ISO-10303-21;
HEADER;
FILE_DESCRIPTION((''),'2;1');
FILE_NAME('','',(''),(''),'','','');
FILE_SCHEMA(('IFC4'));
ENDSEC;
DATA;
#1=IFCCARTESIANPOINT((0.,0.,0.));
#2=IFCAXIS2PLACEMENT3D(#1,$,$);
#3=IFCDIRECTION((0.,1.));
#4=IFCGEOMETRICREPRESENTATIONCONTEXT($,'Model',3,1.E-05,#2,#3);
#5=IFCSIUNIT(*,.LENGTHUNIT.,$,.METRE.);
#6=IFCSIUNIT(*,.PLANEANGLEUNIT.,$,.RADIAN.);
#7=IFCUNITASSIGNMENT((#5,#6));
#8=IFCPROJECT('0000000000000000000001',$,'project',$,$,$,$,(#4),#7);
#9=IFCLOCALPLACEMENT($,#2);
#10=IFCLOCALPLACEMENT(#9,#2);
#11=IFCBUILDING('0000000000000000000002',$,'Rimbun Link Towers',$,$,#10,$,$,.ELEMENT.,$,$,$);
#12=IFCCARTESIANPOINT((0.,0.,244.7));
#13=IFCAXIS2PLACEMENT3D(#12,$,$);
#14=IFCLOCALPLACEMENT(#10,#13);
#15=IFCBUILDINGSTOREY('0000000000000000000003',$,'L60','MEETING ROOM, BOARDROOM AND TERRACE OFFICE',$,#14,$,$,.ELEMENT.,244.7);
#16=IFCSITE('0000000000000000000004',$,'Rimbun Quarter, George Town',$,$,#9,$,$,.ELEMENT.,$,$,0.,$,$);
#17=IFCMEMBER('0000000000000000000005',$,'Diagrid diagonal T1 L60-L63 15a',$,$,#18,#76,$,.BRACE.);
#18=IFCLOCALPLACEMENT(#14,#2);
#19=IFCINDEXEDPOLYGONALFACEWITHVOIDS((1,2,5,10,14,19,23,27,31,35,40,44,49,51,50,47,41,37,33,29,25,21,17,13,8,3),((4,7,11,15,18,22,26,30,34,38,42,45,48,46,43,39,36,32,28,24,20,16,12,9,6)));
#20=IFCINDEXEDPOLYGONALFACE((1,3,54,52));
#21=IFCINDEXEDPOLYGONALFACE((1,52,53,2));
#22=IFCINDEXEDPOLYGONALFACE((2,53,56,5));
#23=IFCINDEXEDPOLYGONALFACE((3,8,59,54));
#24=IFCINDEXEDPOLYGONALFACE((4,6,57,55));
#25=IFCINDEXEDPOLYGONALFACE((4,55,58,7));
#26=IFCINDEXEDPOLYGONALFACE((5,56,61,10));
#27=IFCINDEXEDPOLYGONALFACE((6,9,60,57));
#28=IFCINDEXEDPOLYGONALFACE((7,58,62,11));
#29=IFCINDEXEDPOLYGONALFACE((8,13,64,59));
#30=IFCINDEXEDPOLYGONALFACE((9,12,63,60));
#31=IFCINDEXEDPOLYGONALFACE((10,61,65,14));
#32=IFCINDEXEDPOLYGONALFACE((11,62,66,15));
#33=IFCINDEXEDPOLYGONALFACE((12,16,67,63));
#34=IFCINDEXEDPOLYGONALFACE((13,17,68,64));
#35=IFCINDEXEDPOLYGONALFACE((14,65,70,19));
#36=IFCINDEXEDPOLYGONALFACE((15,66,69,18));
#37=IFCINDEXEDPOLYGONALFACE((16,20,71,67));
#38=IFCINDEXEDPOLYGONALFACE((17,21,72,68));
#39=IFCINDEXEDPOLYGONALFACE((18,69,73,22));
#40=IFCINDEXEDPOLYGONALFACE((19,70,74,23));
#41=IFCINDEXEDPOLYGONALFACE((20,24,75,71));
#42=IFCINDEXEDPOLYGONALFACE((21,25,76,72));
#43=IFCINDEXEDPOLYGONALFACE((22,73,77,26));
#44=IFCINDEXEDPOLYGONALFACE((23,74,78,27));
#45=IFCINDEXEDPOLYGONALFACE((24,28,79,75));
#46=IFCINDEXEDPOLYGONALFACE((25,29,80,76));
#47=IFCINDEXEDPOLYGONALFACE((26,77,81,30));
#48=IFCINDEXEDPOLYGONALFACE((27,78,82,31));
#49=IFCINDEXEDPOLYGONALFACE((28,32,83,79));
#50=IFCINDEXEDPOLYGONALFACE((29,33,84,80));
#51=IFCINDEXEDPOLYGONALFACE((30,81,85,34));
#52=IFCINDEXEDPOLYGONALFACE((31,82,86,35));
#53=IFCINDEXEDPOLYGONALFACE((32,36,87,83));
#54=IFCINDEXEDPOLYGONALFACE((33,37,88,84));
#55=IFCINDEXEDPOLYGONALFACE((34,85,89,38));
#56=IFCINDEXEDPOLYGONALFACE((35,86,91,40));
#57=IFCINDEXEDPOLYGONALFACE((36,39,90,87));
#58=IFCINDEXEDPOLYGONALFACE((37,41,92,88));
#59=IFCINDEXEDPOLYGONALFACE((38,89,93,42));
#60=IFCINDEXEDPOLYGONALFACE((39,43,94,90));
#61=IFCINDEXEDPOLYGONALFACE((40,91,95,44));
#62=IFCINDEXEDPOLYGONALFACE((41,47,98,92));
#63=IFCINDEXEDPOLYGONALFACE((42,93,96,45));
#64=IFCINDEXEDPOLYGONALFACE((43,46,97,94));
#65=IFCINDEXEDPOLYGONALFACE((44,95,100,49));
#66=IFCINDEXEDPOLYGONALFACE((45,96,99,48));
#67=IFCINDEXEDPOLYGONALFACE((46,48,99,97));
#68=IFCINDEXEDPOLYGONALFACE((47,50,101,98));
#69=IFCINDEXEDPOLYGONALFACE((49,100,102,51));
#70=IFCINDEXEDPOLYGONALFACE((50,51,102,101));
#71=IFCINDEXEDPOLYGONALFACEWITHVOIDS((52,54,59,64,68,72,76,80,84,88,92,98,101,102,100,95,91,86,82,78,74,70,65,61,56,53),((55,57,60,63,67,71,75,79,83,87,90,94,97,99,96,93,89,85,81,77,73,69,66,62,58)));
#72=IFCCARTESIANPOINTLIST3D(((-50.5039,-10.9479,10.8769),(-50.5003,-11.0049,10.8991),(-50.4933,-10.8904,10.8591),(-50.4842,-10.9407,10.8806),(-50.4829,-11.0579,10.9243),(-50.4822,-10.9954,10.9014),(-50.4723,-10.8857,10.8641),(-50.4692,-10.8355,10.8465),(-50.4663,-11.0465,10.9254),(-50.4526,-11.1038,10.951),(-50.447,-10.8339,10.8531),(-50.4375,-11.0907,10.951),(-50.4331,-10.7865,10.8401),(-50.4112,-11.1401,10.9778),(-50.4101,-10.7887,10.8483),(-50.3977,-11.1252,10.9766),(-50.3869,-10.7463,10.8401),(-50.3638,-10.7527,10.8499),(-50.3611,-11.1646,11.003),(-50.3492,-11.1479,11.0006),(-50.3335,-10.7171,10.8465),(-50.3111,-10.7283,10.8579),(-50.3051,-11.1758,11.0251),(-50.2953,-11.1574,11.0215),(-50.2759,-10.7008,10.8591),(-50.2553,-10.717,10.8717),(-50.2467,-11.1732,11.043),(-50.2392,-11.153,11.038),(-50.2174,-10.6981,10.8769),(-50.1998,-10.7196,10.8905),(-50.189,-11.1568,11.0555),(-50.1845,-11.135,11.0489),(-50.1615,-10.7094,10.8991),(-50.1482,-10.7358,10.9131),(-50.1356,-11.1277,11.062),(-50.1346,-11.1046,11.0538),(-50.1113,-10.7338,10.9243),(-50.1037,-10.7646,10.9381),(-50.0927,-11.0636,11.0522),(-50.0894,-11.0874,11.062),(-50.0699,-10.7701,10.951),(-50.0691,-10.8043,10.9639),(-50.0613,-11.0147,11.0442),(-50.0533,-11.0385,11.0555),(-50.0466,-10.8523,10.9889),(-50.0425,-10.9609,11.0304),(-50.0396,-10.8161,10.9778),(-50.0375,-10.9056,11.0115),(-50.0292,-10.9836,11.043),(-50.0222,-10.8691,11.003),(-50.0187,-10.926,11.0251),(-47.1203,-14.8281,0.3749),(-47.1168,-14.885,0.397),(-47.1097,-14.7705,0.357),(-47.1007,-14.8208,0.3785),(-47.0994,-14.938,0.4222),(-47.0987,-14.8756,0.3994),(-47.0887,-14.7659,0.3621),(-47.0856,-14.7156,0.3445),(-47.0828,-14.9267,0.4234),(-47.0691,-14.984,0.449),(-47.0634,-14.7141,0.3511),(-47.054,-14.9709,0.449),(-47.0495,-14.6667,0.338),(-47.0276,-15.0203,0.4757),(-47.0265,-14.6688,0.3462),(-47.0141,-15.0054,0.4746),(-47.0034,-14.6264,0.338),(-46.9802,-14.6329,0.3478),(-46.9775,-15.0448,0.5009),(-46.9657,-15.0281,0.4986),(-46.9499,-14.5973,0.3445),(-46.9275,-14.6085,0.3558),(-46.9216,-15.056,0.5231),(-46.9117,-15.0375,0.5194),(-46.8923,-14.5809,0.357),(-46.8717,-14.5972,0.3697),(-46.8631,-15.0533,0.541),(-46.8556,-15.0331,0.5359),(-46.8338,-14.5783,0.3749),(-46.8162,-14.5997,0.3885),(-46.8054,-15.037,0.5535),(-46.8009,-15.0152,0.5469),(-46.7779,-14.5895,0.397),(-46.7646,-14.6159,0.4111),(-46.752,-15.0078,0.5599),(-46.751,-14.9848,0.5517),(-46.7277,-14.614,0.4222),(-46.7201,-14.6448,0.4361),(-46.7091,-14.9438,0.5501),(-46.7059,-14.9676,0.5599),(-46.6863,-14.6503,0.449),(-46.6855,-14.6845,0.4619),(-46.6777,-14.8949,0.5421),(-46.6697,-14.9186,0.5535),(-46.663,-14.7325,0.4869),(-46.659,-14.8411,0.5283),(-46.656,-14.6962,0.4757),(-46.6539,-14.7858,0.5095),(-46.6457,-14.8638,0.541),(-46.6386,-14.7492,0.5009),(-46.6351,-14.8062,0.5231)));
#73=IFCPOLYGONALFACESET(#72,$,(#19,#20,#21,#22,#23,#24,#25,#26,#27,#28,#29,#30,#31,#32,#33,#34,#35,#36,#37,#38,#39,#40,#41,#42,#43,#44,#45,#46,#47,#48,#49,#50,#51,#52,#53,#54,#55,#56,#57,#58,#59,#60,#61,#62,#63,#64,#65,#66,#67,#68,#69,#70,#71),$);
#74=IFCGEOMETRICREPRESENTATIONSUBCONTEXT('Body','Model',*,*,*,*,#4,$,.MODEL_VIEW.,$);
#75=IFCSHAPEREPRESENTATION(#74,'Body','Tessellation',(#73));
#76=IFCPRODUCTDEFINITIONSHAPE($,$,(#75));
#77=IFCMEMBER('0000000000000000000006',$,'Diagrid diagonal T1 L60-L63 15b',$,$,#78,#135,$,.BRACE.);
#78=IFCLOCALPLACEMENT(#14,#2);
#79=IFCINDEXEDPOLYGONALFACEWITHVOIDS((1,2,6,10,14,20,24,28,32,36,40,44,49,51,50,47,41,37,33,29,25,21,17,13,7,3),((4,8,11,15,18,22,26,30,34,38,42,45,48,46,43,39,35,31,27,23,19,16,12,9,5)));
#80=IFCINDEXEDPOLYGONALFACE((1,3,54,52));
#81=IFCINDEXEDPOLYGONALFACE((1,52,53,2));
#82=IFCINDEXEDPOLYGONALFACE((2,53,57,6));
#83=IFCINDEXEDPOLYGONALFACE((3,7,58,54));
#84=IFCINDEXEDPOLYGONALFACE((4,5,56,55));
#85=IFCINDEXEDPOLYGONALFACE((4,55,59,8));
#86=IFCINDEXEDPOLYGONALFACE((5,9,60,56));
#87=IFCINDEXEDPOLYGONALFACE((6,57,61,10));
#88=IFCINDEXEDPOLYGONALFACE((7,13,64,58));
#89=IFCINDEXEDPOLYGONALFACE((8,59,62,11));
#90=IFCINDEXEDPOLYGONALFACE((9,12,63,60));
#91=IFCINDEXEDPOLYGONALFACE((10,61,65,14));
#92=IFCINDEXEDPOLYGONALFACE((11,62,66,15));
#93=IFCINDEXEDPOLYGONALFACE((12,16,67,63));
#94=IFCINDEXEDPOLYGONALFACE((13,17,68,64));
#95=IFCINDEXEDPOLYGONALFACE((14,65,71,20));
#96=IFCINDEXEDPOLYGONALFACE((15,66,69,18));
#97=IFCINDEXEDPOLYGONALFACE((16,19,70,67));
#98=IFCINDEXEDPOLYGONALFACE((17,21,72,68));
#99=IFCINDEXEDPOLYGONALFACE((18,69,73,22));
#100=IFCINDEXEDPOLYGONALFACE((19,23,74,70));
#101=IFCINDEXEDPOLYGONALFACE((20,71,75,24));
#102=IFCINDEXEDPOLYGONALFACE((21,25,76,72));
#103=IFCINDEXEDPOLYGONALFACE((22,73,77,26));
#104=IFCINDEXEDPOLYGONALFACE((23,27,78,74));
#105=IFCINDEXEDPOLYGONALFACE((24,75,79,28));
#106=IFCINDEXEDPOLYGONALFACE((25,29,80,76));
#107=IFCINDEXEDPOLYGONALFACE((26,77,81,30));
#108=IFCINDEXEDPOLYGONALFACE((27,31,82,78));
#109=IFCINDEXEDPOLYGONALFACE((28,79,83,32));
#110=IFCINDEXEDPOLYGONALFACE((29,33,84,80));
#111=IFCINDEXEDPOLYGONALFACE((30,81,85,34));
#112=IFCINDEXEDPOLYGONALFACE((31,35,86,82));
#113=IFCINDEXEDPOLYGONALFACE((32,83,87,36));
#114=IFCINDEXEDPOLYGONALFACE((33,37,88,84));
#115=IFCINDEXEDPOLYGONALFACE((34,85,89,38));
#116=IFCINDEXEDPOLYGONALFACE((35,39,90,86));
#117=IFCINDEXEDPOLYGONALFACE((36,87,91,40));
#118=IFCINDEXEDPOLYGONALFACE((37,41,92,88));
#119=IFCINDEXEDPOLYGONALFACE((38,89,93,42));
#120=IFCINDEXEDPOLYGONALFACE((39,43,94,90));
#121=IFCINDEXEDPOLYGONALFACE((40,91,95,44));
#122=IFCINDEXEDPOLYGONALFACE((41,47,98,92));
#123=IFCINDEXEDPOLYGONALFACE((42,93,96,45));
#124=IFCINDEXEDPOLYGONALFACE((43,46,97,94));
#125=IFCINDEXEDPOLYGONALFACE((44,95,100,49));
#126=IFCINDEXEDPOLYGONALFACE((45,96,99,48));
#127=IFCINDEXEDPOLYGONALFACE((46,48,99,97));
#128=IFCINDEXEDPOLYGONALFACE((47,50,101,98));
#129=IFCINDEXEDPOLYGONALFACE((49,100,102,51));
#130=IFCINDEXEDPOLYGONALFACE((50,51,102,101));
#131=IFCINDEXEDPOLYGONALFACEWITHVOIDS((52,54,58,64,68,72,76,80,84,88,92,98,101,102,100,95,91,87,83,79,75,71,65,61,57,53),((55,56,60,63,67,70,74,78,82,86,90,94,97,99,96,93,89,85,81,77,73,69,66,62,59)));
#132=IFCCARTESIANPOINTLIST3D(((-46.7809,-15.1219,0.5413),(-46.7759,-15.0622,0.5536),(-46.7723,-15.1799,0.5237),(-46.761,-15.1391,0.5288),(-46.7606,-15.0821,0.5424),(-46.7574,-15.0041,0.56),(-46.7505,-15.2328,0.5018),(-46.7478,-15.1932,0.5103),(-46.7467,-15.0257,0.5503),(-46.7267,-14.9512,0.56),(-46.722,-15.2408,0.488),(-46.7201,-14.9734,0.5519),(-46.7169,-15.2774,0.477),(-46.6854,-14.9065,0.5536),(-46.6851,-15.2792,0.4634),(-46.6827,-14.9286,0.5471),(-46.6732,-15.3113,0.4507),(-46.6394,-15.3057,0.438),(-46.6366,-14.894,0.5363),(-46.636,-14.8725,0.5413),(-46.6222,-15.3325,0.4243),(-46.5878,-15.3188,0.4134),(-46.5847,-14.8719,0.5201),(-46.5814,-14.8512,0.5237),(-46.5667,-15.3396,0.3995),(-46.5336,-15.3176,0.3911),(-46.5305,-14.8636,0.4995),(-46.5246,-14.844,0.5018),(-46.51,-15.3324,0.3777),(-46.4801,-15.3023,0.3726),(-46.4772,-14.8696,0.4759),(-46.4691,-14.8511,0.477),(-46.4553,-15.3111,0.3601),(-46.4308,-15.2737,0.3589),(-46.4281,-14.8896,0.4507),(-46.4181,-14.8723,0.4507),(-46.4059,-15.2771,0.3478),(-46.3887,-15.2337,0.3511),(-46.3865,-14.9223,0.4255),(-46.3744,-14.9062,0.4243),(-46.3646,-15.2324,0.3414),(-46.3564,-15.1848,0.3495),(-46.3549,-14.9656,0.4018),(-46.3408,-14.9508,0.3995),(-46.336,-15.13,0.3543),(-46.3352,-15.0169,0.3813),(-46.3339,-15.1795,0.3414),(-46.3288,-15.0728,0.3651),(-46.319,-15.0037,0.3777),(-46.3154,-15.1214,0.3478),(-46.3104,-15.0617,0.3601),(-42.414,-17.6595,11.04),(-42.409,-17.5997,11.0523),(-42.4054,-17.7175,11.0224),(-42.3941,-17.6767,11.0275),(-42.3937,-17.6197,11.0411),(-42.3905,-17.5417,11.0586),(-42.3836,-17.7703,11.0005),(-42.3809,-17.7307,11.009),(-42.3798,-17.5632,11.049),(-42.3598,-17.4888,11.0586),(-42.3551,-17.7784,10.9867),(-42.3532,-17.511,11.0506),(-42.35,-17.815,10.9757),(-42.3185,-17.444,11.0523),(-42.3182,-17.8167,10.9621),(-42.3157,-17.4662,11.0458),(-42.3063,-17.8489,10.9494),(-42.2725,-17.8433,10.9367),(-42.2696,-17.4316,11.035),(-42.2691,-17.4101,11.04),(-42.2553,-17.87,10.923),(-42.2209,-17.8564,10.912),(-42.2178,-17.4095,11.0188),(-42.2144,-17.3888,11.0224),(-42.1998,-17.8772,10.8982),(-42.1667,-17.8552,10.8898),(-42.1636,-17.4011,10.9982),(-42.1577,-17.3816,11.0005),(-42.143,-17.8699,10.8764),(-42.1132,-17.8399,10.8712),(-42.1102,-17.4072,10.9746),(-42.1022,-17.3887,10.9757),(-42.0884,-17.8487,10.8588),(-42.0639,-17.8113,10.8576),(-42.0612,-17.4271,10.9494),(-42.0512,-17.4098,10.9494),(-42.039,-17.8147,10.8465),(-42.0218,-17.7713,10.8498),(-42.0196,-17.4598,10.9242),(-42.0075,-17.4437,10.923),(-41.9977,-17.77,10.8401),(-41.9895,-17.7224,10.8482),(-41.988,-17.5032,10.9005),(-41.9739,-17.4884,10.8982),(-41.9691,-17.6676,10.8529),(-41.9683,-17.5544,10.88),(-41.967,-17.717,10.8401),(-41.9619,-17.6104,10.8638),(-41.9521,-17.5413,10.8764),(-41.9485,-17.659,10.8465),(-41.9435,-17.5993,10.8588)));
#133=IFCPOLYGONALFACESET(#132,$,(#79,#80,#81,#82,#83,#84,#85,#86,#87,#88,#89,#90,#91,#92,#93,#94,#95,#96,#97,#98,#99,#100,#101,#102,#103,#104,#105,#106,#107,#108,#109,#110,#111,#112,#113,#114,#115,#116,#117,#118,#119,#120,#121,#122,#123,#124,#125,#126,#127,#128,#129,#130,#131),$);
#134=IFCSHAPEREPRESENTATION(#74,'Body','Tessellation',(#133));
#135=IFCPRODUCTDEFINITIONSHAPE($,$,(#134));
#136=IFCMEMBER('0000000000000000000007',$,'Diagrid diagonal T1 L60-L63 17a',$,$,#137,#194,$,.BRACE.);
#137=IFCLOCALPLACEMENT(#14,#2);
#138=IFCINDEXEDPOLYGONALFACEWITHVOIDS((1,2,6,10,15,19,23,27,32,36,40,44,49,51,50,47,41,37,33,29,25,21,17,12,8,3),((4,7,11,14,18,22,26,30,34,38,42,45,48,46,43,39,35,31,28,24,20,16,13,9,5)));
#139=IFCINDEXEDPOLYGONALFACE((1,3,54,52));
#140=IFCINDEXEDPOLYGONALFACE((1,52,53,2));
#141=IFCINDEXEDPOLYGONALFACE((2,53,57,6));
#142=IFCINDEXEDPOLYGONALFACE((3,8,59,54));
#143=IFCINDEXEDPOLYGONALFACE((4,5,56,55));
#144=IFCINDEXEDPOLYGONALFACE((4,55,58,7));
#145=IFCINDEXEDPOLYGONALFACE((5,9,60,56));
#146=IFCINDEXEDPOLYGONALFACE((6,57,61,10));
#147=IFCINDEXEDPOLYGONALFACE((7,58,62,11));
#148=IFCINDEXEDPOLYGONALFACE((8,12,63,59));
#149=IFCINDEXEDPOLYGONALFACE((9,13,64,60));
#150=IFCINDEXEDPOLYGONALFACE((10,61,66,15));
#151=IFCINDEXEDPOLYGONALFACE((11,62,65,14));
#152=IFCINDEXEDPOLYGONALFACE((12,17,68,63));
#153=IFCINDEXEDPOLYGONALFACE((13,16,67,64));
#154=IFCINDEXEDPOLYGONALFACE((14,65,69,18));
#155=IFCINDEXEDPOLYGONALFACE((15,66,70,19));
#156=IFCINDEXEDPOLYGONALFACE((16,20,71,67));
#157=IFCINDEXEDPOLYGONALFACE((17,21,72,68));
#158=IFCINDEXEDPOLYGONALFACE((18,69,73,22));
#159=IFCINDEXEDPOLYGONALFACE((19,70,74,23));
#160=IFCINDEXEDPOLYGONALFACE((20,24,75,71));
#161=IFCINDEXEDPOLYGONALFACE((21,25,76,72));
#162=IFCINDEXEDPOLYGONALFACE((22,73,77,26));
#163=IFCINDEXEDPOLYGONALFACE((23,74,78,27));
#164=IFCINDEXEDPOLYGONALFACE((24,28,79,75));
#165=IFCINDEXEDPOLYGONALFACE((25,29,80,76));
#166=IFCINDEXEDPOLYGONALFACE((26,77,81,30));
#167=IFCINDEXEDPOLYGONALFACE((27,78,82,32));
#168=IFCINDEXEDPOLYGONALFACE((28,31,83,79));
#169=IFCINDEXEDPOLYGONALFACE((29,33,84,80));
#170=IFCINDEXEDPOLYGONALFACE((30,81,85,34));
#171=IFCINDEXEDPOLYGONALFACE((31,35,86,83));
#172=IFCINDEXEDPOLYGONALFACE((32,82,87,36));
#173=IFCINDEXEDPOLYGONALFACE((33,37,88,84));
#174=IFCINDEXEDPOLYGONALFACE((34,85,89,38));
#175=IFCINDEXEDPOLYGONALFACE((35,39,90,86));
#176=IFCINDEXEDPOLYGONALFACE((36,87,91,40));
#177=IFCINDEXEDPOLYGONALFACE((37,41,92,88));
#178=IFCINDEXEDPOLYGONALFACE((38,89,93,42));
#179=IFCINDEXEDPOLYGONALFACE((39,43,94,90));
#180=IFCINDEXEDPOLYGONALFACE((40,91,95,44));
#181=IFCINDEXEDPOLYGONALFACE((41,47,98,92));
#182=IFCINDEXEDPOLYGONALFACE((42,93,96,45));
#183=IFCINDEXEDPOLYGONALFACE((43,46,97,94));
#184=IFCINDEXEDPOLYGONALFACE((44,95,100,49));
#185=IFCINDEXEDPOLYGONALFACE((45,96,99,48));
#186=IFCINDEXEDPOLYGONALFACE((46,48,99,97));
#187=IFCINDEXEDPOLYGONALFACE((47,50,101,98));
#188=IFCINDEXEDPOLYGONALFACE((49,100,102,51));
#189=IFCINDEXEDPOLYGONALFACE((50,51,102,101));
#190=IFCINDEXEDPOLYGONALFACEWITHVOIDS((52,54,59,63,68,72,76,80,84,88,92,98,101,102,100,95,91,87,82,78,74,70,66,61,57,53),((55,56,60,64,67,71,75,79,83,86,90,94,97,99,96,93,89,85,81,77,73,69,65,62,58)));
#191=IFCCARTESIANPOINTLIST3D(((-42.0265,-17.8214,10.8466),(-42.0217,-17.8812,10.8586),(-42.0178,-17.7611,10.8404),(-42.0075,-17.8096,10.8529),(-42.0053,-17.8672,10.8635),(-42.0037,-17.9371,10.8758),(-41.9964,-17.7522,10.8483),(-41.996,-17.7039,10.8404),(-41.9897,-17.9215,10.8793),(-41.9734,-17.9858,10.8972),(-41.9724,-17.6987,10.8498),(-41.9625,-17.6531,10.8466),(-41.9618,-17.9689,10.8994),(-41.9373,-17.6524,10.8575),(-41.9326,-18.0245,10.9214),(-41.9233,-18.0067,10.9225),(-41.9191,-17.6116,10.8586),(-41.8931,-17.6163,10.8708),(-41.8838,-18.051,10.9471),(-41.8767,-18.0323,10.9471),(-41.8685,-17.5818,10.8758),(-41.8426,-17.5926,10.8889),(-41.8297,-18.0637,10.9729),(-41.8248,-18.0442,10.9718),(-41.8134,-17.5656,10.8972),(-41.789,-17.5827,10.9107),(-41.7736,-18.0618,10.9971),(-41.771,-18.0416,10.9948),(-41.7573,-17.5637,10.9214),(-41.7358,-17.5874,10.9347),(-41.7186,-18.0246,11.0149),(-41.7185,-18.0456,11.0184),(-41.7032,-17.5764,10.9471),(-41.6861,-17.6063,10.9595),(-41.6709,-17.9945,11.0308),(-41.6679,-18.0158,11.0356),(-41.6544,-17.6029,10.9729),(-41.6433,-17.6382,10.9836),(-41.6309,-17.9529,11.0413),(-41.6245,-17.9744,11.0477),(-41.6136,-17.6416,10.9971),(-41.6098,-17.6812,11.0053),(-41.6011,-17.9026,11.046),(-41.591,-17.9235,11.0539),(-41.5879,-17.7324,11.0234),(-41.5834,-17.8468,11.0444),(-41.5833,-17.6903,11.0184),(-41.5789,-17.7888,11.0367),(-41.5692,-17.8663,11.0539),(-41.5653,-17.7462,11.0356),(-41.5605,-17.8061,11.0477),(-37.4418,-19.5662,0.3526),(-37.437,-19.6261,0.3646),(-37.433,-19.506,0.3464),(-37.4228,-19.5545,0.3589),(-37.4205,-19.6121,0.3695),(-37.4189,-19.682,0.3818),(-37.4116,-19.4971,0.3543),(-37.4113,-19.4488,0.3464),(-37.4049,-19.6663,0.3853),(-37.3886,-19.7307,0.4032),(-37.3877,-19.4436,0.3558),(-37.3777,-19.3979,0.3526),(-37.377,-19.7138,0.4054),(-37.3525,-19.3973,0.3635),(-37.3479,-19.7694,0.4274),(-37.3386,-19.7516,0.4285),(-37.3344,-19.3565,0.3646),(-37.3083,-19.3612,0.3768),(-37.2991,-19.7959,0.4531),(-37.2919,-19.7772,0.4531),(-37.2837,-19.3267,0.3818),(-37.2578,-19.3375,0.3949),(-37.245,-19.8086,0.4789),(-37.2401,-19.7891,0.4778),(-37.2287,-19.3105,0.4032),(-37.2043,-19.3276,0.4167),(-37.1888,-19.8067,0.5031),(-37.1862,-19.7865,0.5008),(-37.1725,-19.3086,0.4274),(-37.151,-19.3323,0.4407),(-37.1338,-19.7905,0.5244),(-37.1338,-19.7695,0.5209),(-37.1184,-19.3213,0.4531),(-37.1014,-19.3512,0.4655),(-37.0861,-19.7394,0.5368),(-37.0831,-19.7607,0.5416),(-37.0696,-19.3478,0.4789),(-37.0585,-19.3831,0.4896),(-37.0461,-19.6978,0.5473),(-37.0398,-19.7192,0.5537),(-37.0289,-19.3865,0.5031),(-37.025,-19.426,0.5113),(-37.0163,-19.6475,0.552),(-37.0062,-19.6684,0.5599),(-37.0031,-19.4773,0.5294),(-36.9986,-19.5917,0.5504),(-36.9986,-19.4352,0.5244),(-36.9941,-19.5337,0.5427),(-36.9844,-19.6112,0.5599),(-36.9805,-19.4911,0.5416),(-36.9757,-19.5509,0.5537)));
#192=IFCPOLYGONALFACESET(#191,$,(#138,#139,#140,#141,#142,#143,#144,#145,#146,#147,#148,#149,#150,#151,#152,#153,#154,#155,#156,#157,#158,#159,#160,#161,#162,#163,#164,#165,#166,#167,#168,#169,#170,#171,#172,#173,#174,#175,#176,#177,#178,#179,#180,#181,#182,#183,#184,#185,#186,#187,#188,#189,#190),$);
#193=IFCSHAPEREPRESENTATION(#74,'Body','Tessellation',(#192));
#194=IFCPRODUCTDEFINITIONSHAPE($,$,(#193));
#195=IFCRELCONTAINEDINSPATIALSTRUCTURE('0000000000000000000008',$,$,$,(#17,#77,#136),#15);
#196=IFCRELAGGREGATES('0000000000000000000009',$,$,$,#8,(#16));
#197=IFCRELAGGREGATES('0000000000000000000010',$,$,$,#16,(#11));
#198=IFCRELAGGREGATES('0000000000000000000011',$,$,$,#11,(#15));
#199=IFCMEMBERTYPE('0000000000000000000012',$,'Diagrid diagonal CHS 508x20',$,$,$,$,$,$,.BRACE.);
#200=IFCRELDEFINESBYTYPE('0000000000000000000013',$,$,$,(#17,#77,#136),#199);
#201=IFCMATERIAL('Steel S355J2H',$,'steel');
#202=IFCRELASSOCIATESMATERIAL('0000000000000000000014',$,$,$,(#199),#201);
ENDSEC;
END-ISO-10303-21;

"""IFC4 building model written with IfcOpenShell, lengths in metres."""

from ifc_helpers import new_model, si_unit, direction, frame, origin, origin_2d, place, context, subcontext, project, spatial, hollow_circle, extrude, material, material_profile, profile_set, type_object, element, save


model = new_model("IFC4")

# Units and contexts
model_context = context("Model", 3, precision=1e-05, world=origin(), true_north=direction((0.0, 1.0)))
body_context = subcontext(model_context, "Body", "Model", "MODEL_VIEW")
ifc_project = project(units=[si_unit("LENGTHUNIT", "METRE"), si_unit("PLANEANGLEUNIT", "RADIAN")], contexts=[model_context])

# Site, building, storey
site_placement = place(None, origin())
site = spatial("IfcSite", under=ifc_project, at=site_placement, Name="Rimbun Quarter, George Town", CompositionType="ELEMENT", RefElevation=0.0)
building_placement = place(site_placement, origin())
building = spatial("IfcBuilding", under=site, at=building_placement, Name="Rimbun Link Towers", CompositionType="ELEMENT")
storey_placement = place(building_placement, frame((0.0, 0.0, 244.7)))
storey = spatial("IfcBuildingStorey", under=building, at=storey_placement, Name="L60", Description="MEETING ROOM, BOARDROOM AND TERRACE OFFICE", CompositionType="ELEMENT", Elevation=244.7)

# Members
ifc_material_1 = material(Name="Steel S355J2H", Category="steel")
ifc_material_profile_1 = material_profile(ifc_material_1, hollow_circle(Radius=0.2539, WallThickness=0.02, at=origin_2d()), Name="Diagrid diagonal CHS 508x20")
ifc_profile_set_1 = profile_set([ifc_material_profile_1], Name="Steel S355J2H")
member_type_1 = type_object("IfcMemberType", Name="Diagrid diagonal CHS 508x20", PredefinedType="BRACE", material=ifc_profile_set_1)
member_1_placement = place(storey_placement, frame((-46.8777, -14.8171, 0.449), z_axis=(-0.289293, 0.33175, 0.897915), x_axis=(-0.753689, -0.657231, 0.0)))
element("IfcMember", 1, at=member_1_placement, inside=storey, type_object=member_type_1, Name="Diagrid diagonal T1 L60-L63 15a", PredefinedType="BRACE", context=body_context, shape_type="SweptSolid", body=[
    extrude(hollow_circle(Radius=0.2539, WallThickness=0.02, at=origin_2d()), origin(), (0.0, 0.0, 1.0), 11.696),
])
member_2_placement = place(storey_placement, frame((-46.5457, -15.0918, 0.4507), z_axis=(0.374829, -0.21781, 0.901145), x_axis=(0.502425, 0.864621, 0.0)))
element("IfcMember", 2, at=member_2_placement, inside=storey, type_object=member_type_1, Name="Diagrid diagonal T1 L60-L63 15b", PredefinedType="BRACE", context=body_context, shape_type="SweptSolid", body=[
    extrude(hollow_circle(Radius=0.2539, WallThickness=0.02, at=origin_2d()), origin(), (0.0, 0.0, 1.0), 11.6504),
])
member_3_placement = place(storey_placement, frame((-37.2087, -19.5586, 0.4531), z_axis=(-0.395785, 0.15063, 0.905906), x_axis=(-0.355695, -0.934602, 0.0)))
element("IfcMember", 3, at=member_3_placement, inside=storey, type_object=member_type_1, Name="Diagrid diagonal T1 L60-L63 17a", PredefinedType="BRACE", context=body_context, shape_type="SweptSolid", body=[
    extrude(hollow_circle(Radius=0.2539, WallThickness=0.02, at=origin_2d()), origin(), (0.0, 0.0, 1.0), 11.584),
])

save(model, "model.ifc")
